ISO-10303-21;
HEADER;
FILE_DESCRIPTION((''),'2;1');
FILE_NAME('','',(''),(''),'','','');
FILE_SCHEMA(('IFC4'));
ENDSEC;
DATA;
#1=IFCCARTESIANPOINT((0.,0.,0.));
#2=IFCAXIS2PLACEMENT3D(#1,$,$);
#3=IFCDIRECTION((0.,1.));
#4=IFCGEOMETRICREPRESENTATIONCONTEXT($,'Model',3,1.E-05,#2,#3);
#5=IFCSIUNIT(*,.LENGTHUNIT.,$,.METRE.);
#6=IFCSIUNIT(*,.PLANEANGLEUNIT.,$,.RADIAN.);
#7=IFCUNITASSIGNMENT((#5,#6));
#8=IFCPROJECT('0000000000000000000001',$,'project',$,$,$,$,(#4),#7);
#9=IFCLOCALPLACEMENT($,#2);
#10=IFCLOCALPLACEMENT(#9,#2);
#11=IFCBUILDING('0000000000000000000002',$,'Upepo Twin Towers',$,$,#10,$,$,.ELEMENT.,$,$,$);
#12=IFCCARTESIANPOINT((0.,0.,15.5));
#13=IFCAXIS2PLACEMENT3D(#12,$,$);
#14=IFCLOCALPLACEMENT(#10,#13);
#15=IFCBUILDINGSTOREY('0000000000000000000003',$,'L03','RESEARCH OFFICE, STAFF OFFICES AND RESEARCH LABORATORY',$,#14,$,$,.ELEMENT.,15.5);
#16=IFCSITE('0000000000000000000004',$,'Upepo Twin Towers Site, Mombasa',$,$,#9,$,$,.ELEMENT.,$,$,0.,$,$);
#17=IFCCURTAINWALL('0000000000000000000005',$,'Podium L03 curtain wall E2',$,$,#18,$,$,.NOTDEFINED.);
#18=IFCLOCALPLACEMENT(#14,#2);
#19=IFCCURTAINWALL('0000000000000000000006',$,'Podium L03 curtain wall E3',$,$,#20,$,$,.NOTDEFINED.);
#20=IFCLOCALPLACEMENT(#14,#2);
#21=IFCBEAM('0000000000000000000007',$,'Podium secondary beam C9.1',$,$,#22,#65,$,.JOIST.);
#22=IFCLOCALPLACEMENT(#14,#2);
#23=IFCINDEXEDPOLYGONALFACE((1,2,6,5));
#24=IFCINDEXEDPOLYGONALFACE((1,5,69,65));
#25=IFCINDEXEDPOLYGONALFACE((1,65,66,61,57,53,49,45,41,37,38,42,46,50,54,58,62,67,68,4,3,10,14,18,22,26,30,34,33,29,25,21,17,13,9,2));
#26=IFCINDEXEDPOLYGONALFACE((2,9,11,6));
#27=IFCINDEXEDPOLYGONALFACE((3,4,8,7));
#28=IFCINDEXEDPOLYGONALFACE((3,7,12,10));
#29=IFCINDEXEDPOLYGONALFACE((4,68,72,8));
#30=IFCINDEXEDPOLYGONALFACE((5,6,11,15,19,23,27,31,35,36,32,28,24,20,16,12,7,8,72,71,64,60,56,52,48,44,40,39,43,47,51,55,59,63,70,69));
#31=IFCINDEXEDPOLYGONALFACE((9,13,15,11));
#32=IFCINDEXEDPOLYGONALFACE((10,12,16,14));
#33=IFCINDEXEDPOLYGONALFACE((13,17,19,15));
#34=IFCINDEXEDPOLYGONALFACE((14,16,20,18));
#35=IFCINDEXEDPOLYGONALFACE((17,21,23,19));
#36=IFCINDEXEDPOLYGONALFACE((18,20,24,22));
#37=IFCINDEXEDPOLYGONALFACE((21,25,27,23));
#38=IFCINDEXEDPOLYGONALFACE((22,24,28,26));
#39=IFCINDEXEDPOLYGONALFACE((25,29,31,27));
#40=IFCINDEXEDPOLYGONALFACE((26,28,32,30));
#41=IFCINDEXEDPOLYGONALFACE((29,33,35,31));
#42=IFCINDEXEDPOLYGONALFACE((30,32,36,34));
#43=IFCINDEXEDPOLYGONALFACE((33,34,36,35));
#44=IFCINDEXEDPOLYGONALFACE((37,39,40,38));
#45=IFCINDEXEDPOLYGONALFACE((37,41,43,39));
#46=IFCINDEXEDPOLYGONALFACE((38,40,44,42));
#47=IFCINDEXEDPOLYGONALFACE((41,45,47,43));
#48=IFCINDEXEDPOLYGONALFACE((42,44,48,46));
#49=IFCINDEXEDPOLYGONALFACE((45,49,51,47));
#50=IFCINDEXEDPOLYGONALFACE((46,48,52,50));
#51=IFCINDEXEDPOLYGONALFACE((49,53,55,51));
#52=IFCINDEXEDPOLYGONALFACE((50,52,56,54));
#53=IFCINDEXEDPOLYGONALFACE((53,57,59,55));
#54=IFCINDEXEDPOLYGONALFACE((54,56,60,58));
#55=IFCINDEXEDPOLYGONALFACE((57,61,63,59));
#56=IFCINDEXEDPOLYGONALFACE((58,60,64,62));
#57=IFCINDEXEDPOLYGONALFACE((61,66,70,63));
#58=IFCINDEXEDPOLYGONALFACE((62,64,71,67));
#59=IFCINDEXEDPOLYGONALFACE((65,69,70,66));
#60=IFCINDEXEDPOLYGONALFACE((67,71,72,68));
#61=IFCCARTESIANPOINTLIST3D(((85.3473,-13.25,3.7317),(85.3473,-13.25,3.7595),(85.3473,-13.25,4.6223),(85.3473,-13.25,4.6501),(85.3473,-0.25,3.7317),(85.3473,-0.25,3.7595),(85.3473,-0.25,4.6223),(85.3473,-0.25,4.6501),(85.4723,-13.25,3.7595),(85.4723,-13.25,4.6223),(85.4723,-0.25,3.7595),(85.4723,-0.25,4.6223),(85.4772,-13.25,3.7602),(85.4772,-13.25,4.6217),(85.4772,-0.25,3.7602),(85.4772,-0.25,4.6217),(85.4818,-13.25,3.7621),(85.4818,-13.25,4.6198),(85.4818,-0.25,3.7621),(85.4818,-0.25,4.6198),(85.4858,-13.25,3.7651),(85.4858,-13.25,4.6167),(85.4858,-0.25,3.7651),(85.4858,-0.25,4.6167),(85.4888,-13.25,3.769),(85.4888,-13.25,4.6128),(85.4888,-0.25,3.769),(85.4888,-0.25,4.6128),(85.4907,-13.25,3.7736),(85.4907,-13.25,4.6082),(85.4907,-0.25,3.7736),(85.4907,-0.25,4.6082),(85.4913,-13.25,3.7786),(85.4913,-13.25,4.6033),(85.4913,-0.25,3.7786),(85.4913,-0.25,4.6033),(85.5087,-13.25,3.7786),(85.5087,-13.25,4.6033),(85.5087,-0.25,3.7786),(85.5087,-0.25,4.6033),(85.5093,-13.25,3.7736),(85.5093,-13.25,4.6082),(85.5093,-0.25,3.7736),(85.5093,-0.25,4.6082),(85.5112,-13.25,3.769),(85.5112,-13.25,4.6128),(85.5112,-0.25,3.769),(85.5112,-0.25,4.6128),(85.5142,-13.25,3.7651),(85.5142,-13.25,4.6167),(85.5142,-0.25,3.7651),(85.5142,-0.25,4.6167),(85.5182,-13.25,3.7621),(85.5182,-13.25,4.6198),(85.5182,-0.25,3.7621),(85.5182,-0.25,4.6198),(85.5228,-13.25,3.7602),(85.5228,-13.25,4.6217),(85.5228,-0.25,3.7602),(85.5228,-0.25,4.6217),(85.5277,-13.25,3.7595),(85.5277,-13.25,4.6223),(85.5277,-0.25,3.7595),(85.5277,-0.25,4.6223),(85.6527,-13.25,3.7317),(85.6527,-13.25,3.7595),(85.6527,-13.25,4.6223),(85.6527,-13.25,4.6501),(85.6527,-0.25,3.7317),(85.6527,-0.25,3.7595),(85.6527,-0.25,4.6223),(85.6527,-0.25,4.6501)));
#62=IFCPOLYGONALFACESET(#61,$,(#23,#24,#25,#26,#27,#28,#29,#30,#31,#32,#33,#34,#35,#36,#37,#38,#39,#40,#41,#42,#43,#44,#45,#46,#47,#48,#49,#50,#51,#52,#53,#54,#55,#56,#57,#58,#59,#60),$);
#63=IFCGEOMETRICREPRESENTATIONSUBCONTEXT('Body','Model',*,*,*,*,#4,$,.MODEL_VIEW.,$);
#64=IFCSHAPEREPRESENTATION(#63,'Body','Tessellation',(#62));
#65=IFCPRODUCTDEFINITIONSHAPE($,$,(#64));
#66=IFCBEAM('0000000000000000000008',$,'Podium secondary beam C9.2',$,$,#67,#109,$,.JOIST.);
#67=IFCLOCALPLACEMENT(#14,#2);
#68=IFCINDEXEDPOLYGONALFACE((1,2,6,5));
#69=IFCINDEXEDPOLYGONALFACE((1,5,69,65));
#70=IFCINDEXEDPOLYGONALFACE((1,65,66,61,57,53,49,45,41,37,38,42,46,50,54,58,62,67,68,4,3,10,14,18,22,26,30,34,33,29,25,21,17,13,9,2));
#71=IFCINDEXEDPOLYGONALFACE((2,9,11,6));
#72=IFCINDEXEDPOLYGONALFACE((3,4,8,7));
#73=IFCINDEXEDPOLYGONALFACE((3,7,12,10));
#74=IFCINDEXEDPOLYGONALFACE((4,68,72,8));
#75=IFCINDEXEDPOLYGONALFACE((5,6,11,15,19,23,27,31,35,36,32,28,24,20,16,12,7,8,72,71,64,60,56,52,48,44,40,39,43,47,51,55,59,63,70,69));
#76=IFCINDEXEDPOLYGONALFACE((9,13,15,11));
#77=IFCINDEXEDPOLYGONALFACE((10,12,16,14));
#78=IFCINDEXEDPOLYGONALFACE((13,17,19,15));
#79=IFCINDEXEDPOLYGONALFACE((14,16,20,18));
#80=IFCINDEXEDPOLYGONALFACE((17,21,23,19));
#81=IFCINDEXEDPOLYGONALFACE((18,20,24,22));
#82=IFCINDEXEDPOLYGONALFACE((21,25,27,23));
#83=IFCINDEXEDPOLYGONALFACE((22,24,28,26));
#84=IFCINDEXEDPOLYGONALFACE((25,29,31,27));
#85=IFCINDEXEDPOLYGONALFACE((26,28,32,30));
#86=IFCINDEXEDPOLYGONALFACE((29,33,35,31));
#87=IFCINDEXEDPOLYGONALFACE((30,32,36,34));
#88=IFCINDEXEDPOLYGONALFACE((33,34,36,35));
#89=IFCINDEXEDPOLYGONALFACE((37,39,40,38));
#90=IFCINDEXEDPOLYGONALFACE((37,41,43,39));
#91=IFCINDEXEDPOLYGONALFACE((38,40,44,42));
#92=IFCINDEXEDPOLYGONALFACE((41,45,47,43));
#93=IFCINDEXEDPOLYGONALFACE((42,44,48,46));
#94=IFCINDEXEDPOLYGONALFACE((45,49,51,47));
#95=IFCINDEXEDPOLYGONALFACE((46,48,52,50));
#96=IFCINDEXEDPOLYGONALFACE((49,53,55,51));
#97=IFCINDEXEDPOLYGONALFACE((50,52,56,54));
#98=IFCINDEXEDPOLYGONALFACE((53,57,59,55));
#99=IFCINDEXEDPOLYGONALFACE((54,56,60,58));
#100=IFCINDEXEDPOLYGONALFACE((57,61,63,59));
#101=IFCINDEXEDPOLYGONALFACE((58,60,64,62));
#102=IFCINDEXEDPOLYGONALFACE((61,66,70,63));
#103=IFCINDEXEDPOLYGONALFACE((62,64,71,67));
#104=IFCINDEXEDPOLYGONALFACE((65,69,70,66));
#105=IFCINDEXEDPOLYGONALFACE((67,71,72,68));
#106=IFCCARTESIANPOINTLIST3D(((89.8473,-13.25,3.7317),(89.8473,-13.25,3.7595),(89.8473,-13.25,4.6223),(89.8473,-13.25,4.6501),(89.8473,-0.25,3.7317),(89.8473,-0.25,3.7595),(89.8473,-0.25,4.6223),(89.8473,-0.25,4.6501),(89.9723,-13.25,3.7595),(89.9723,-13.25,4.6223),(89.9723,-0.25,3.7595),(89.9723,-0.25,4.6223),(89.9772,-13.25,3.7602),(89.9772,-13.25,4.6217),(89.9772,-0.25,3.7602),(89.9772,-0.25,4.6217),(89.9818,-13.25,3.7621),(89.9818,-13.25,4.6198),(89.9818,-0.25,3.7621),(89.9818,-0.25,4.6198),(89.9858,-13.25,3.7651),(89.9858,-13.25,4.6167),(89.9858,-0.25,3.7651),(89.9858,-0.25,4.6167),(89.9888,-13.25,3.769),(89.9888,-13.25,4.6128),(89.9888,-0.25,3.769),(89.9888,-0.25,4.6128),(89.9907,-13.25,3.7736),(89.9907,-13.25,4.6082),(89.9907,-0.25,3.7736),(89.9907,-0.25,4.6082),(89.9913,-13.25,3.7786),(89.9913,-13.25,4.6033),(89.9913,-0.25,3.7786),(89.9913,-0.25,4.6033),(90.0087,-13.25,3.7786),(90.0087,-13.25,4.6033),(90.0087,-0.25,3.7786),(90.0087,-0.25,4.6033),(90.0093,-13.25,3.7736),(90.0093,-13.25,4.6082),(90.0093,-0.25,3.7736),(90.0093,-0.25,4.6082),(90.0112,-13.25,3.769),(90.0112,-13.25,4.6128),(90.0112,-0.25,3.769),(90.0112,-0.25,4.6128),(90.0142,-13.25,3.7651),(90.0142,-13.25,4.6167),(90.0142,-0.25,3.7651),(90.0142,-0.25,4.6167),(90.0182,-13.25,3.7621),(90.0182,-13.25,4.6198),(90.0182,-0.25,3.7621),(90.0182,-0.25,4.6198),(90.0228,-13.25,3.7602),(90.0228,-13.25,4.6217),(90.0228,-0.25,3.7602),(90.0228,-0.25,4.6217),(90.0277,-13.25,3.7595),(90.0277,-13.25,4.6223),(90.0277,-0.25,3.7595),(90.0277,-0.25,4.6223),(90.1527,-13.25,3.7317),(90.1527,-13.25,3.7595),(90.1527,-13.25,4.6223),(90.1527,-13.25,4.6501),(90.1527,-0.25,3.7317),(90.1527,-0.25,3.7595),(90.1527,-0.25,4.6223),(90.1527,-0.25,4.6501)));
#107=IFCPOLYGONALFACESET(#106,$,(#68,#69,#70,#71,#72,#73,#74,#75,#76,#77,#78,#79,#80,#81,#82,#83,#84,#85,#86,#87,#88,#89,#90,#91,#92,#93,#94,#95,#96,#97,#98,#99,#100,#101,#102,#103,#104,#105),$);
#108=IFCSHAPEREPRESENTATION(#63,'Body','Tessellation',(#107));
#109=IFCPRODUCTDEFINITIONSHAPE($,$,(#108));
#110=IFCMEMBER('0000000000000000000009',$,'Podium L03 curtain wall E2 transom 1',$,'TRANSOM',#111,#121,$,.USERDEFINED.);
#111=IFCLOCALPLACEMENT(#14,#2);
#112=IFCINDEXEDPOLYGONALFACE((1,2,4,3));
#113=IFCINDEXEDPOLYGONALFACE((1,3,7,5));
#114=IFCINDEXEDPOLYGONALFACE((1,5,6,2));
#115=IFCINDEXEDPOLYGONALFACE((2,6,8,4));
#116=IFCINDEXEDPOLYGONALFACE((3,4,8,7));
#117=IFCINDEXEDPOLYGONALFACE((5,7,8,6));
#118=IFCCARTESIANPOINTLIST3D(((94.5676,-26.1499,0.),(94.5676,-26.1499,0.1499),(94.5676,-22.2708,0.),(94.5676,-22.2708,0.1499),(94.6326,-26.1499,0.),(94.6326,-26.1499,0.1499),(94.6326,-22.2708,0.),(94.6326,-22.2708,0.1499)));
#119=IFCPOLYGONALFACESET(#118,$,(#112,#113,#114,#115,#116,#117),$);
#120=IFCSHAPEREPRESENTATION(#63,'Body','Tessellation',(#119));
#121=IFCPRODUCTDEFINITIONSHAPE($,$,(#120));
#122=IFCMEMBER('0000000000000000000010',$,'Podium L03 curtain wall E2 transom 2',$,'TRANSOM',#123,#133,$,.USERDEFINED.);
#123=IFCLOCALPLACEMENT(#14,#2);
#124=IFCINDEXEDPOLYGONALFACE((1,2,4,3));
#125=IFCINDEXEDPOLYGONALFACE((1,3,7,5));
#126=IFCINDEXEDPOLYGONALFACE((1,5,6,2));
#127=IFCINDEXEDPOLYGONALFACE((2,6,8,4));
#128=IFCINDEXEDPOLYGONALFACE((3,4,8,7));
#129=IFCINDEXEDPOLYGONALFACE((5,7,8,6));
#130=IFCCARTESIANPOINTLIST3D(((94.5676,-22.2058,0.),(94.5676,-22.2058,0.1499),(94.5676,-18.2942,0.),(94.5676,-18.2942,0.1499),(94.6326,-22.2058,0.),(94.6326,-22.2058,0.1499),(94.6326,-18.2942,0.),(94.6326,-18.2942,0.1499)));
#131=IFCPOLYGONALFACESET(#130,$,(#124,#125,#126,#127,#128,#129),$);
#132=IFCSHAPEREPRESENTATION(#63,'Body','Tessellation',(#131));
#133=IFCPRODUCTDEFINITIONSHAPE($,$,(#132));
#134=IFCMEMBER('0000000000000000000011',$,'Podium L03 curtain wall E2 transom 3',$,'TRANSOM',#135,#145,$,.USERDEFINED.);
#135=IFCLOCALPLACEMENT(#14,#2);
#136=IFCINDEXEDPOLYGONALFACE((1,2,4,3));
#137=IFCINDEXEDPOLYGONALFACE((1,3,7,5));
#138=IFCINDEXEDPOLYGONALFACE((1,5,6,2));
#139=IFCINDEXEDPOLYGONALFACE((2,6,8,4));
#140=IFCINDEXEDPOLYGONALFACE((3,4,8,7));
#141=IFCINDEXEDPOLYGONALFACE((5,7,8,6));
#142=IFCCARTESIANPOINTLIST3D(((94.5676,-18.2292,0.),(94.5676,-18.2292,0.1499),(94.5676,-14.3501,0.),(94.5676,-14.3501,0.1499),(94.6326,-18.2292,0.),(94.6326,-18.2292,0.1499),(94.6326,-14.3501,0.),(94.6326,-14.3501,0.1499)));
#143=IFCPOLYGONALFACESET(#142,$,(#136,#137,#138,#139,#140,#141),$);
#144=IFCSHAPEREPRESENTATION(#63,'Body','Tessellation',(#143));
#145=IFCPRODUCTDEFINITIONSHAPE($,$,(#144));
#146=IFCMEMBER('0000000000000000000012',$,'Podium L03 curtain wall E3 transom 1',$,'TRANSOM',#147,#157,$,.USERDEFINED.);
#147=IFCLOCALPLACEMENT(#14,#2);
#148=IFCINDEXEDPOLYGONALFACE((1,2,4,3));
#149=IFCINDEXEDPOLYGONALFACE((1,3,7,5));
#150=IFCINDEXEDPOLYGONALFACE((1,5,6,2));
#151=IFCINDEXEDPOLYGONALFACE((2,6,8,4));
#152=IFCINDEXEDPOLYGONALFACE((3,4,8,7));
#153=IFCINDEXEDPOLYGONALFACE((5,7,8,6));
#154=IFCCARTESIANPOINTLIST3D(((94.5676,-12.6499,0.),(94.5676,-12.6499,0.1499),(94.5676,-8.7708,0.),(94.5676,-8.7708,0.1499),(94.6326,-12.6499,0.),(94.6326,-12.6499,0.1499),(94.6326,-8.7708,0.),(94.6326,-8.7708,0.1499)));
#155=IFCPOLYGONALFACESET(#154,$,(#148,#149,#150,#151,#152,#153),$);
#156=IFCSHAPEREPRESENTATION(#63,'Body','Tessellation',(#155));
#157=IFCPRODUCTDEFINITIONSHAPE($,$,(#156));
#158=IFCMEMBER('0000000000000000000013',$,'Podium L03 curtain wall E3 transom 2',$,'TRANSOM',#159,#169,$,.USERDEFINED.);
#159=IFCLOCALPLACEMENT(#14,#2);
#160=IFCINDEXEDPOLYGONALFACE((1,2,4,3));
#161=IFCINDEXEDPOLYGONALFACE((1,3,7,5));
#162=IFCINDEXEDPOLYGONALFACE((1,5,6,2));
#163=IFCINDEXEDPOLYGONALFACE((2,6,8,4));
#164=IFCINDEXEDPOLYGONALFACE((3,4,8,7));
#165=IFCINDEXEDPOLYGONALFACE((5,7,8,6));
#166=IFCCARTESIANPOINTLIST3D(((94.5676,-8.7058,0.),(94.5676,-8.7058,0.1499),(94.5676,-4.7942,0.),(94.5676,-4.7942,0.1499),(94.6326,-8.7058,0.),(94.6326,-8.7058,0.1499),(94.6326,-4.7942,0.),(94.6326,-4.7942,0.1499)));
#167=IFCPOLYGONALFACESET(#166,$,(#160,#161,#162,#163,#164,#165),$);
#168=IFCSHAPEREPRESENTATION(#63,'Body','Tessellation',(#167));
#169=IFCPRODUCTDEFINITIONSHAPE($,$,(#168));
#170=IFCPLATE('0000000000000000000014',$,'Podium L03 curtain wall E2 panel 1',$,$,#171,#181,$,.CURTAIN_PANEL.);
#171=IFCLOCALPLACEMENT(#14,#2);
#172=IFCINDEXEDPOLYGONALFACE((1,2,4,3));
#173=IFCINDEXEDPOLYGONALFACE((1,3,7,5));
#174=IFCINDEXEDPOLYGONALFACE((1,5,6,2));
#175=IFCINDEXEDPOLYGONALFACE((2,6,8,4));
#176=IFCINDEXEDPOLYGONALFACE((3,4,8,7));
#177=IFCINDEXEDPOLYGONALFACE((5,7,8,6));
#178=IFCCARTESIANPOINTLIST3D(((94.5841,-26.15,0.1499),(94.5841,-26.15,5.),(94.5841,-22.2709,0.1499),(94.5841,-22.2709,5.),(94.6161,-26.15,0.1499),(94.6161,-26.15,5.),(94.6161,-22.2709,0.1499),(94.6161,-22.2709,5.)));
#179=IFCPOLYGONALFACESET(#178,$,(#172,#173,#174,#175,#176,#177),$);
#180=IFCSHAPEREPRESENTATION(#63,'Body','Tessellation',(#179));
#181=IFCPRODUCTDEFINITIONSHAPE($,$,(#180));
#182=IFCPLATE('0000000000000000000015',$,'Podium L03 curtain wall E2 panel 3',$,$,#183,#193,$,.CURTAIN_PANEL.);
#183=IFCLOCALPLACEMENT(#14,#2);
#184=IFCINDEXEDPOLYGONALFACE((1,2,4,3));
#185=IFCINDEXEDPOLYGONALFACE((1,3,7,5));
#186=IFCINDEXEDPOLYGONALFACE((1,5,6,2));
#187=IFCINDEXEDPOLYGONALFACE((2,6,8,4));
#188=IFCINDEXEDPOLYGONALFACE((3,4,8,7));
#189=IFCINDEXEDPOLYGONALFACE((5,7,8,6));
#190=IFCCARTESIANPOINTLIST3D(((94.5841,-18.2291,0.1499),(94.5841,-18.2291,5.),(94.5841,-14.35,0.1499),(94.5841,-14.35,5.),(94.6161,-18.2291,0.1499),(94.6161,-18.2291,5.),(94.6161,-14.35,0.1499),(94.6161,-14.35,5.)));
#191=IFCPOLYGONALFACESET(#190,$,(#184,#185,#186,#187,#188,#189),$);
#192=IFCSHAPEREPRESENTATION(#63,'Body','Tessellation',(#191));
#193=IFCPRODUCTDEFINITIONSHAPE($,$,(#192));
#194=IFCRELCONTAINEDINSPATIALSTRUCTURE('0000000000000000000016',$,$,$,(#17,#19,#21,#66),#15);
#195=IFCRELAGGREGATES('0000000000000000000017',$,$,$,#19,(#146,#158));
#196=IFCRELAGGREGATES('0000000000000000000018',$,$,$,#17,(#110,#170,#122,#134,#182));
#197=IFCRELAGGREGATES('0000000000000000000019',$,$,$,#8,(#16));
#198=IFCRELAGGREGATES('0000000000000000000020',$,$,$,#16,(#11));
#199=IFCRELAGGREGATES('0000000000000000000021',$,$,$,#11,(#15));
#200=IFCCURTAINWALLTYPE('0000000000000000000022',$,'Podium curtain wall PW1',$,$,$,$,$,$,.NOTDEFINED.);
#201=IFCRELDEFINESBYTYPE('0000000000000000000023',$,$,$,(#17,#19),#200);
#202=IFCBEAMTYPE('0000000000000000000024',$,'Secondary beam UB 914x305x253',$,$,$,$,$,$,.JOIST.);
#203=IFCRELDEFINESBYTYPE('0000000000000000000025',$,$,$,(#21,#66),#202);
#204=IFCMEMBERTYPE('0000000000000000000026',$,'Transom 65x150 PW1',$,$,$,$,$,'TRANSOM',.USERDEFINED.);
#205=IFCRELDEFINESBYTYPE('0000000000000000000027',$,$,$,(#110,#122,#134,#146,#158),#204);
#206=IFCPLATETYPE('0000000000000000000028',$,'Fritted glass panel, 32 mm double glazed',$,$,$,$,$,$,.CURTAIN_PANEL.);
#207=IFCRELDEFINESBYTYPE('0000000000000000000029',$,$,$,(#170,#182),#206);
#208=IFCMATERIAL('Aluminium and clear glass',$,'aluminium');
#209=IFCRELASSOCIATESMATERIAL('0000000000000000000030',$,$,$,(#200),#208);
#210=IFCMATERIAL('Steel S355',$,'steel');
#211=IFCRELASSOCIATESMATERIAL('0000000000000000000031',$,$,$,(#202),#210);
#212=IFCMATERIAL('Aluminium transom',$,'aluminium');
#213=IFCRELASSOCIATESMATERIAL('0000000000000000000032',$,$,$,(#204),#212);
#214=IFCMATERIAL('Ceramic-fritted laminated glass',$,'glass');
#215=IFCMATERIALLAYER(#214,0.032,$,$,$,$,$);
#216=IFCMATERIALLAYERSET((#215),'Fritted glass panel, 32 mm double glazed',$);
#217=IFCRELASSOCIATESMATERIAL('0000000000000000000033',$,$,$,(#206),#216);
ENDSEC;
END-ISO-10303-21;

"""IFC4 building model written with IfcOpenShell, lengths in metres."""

from ifc_helpers import new_model, si_unit, direction, frame, origin, origin_2d, place, context, subcontext, project, spatial, rectangle, i_section, extrude, material, layer, layer_set, material_profile, profile_set, type_object, element, aggregate, save


model = new_model("IFC4")

# Units and contexts
model_context = context("Model", 3, precision=1e-05, world=origin(), true_north=direction((0.0, 1.0)))
body_context = subcontext(model_context, "Body", "Model", "MODEL_VIEW")
ifc_project = project(units=[si_unit("LENGTHUNIT", "METRE"), si_unit("PLANEANGLEUNIT", "RADIAN")], contexts=[model_context])

# Site, building, storey
site_placement = place(None, origin())
site = spatial("IfcSite", under=ifc_project, at=site_placement, Name="Upepo Twin Towers Site, Mombasa", CompositionType="ELEMENT", RefElevation=0.0)
building_placement = place(site_placement, origin())
building = spatial("IfcBuilding", under=site, at=building_placement, Name="Upepo Twin Towers", CompositionType="ELEMENT")
storey_placement = place(building_placement, frame((0.0, 0.0, 15.5)))
storey = spatial("IfcBuildingStorey", under=building, at=storey_placement, Name="L03", Description="RESEARCH OFFICE, STAFF OFFICES AND RESEARCH LABORATORY", CompositionType="ELEMENT", Elevation=15.5)

# Curtain walls
ifc_material_1 = material(Name="Aluminium and clear glass", Category="aluminium")
curtain_wall_type = type_object("IfcCurtainWallType", Name="Podium curtain wall PW1", PredefinedType="NOTDEFINED", material=ifc_material_1)
curtain_wall_1_placement = place(storey_placement, origin())
curtain_wall_1 = element("IfcCurtainWall", 1, at=curtain_wall_1_placement, inside=storey, type_object=curtain_wall_type, Name="Podium L03 curtain wall E2", PredefinedType="NOTDEFINED")
curtain_wall_2_placement = place(storey_placement, origin())
curtain_wall_2 = element("IfcCurtainWall", 2, at=curtain_wall_2_placement, inside=storey, type_object=curtain_wall_type, Name="Podium L03 curtain wall E3", PredefinedType="NOTDEFINED")

# Beams
ifc_material_2 = material(Name="Steel S355", Category="steel")
ifc_material_profile_1 = material_profile(ifc_material_2, i_section(OverallWidth=0.3054, OverallDepth=0.9185, WebThickness=0.0173, FlangeThickness=0.0278, FilletRadius=0.019, at=origin_2d()), Name="UB 914x305x253")
ifc_profile_set_1 = profile_set([ifc_material_profile_1], Name="Steel S355")
beam_type_1 = type_object("IfcBeamType", Name="Secondary beam UB 914x305x253", PredefinedType="JOIST", material=ifc_profile_set_1)
for number, where, z_axis, x_axis, name in (
    (3, (85.5, -13.25, 4.1909), (0.0, 1.0, 0.0), (-1.0, 0.0, 0.0), "Podium secondary beam C9.1"),
    (4, (90.0, -13.25, 4.1909), (0.0, 1.0, 0.0), (-1.0, 0.0, 0.0), "Podium secondary beam C9.2"),
):
    element("IfcBeam", number, at=place(storey_placement, frame(where, z_axis=z_axis, x_axis=x_axis)), inside=storey, type_object=beam_type_1, Name=name, PredefinedType="JOIST", context=body_context, shape_type="SweptSolid", body=[
        extrude(i_section(OverallWidth=0.3054, OverallDepth=0.9185, WebThickness=0.0173, FlangeThickness=0.0278, FilletRadius=0.019, at=origin_2d()), origin(), (0.0, 0.0, 1.0), 13.0),
    ])

# Members
ifc_material_3 = material(Name="Aluminium transom", Category="aluminium")
ifc_material_profile_2 = material_profile(ifc_material_3, rectangle(XDim=0.0649, YDim=0.1499, at=origin_2d()), Name="TRANSOM 65x150 PODIUM")
ifc_profile_set_2 = profile_set([ifc_material_profile_2], Name="Aluminium transom")
member_type_1 = type_object("IfcMemberType", Name="Transom 65x150 PW1", ElementType="TRANSOM", PredefinedType="USERDEFINED", material=ifc_profile_set_2)
member_1_placement = place(storey_placement, frame((94.6001, -26.1499, 0.075), z_axis=(0.0, 1.0, 0.0), x_axis=(-1.0, 0.0, 0.0)))
member_1 = element("IfcMember", 5, at=member_1_placement, type_object=member_type_1, Name="Podium L03 curtain wall E2 transom 1", ObjectType="TRANSOM", PredefinedType="USERDEFINED", context=body_context, shape_type="SweptSolid", body=[
    extrude(rectangle(XDim=0.0649, YDim=0.1499, at=origin_2d()), origin(), (0.0, 0.0, 1.0), 3.8792),
])
member_2_placement = place(storey_placement, frame((94.6001, -22.2058, 0.075), z_axis=(0.0, 1.0, 0.0), x_axis=(-1.0, 0.0, 0.0)))
member_2 = element("IfcMember", 6, at=member_2_placement, type_object=member_type_1, Name="Podium L03 curtain wall E2 transom 2", ObjectType="TRANSOM", PredefinedType="USERDEFINED", context=body_context, shape_type="SweptSolid", body=[
    extrude(rectangle(XDim=0.0649, YDim=0.1499, at=origin_2d()), origin(), (0.0, 0.0, 1.0), 3.9116),
])
member_3_placement = place(storey_placement, frame((94.6001, -18.2292, 0.075), z_axis=(0.0, 1.0, 0.0), x_axis=(-1.0, 0.0, 0.0)))
member_3 = element("IfcMember", 7, at=member_3_placement, type_object=member_type_1, Name="Podium L03 curtain wall E2 transom 3", ObjectType="TRANSOM", PredefinedType="USERDEFINED", context=body_context, shape_type="SweptSolid", body=[
    extrude(rectangle(XDim=0.0649, YDim=0.1499, at=origin_2d()), origin(), (0.0, 0.0, 1.0), 3.8792),
])
member_4_placement = place(storey_placement, frame((94.6001, -12.6499, 0.075), z_axis=(0.0, 1.0, 0.0), x_axis=(-1.0, 0.0, 0.0)))
member_4 = element("IfcMember", 8, at=member_4_placement, type_object=member_type_1, Name="Podium L03 curtain wall E3 transom 1", ObjectType="TRANSOM", PredefinedType="USERDEFINED", context=body_context, shape_type="SweptSolid", body=[
    extrude(rectangle(XDim=0.0649, YDim=0.1499, at=origin_2d()), origin(), (0.0, 0.0, 1.0), 3.8792),
])
member_5_placement = place(storey_placement, frame((94.6001, -8.7058, 0.075), z_axis=(0.0, 1.0, 0.0), x_axis=(-1.0, 0.0, 0.0)))
member_5 = element("IfcMember", 9, at=member_5_placement, type_object=member_type_1, Name="Podium L03 curtain wall E3 transom 2", ObjectType="TRANSOM", PredefinedType="USERDEFINED", context=body_context, shape_type="SweptSolid", body=[
    extrude(rectangle(XDim=0.0649, YDim=0.1499, at=origin_2d()), origin(), (0.0, 0.0, 1.0), 3.9116),
])

# Plates
ifc_material_4 = material(Name="Ceramic-fritted laminated glass", Category="glass")
ifc_layer_1 = layer(ifc_material_4, 0.032)
ifc_layer_set_1 = layer_set([ifc_layer_1], Name="Fritted glass panel, 32 mm double glazed")
plate_type_1 = type_object("IfcPlateType", Name="Fritted glass panel, 32 mm double glazed", PredefinedType="CURTAIN_PANEL", material=ifc_layer_set_1)
plate_1_placement = place(storey_placement, frame((94.6001, -24.2104, 0.1499), z_axis=(0.0, 0.0, 1.0), x_axis=(0.0, 1.0, 0.0)))
plate_1 = element("IfcPlate", 10, at=plate_1_placement, type_object=plate_type_1, Name="Podium L03 curtain wall E2 panel 1", PredefinedType="CURTAIN_PANEL", context=body_context, shape_type="SweptSolid", body=[
    extrude(rectangle(XDim=3.8792, YDim=0.032, at=origin_2d()), origin(), (0.0, 0.0, 1.0), 4.8501),
])
plate_2_placement = place(storey_placement, frame((94.6001, -16.2896, 0.1499), z_axis=(0.0, 0.0, 1.0), x_axis=(0.0, 1.0, 0.0)))
plate_2 = element("IfcPlate", 11, at=plate_2_placement, type_object=plate_type_1, Name="Podium L03 curtain wall E2 panel 3", PredefinedType="CURTAIN_PANEL", context=body_context, shape_type="SweptSolid", body=[
    extrude(rectangle(XDim=3.8792, YDim=0.032, at=origin_2d()), origin(), (0.0, 0.0, 1.0), 4.8501),
])
aggregate(curtain_wall_2, [member_4, member_5])
aggregate(curtain_wall_1, [member_1, plate_1, member_2, member_3, plate_2])

save(model, "model.ifc")
